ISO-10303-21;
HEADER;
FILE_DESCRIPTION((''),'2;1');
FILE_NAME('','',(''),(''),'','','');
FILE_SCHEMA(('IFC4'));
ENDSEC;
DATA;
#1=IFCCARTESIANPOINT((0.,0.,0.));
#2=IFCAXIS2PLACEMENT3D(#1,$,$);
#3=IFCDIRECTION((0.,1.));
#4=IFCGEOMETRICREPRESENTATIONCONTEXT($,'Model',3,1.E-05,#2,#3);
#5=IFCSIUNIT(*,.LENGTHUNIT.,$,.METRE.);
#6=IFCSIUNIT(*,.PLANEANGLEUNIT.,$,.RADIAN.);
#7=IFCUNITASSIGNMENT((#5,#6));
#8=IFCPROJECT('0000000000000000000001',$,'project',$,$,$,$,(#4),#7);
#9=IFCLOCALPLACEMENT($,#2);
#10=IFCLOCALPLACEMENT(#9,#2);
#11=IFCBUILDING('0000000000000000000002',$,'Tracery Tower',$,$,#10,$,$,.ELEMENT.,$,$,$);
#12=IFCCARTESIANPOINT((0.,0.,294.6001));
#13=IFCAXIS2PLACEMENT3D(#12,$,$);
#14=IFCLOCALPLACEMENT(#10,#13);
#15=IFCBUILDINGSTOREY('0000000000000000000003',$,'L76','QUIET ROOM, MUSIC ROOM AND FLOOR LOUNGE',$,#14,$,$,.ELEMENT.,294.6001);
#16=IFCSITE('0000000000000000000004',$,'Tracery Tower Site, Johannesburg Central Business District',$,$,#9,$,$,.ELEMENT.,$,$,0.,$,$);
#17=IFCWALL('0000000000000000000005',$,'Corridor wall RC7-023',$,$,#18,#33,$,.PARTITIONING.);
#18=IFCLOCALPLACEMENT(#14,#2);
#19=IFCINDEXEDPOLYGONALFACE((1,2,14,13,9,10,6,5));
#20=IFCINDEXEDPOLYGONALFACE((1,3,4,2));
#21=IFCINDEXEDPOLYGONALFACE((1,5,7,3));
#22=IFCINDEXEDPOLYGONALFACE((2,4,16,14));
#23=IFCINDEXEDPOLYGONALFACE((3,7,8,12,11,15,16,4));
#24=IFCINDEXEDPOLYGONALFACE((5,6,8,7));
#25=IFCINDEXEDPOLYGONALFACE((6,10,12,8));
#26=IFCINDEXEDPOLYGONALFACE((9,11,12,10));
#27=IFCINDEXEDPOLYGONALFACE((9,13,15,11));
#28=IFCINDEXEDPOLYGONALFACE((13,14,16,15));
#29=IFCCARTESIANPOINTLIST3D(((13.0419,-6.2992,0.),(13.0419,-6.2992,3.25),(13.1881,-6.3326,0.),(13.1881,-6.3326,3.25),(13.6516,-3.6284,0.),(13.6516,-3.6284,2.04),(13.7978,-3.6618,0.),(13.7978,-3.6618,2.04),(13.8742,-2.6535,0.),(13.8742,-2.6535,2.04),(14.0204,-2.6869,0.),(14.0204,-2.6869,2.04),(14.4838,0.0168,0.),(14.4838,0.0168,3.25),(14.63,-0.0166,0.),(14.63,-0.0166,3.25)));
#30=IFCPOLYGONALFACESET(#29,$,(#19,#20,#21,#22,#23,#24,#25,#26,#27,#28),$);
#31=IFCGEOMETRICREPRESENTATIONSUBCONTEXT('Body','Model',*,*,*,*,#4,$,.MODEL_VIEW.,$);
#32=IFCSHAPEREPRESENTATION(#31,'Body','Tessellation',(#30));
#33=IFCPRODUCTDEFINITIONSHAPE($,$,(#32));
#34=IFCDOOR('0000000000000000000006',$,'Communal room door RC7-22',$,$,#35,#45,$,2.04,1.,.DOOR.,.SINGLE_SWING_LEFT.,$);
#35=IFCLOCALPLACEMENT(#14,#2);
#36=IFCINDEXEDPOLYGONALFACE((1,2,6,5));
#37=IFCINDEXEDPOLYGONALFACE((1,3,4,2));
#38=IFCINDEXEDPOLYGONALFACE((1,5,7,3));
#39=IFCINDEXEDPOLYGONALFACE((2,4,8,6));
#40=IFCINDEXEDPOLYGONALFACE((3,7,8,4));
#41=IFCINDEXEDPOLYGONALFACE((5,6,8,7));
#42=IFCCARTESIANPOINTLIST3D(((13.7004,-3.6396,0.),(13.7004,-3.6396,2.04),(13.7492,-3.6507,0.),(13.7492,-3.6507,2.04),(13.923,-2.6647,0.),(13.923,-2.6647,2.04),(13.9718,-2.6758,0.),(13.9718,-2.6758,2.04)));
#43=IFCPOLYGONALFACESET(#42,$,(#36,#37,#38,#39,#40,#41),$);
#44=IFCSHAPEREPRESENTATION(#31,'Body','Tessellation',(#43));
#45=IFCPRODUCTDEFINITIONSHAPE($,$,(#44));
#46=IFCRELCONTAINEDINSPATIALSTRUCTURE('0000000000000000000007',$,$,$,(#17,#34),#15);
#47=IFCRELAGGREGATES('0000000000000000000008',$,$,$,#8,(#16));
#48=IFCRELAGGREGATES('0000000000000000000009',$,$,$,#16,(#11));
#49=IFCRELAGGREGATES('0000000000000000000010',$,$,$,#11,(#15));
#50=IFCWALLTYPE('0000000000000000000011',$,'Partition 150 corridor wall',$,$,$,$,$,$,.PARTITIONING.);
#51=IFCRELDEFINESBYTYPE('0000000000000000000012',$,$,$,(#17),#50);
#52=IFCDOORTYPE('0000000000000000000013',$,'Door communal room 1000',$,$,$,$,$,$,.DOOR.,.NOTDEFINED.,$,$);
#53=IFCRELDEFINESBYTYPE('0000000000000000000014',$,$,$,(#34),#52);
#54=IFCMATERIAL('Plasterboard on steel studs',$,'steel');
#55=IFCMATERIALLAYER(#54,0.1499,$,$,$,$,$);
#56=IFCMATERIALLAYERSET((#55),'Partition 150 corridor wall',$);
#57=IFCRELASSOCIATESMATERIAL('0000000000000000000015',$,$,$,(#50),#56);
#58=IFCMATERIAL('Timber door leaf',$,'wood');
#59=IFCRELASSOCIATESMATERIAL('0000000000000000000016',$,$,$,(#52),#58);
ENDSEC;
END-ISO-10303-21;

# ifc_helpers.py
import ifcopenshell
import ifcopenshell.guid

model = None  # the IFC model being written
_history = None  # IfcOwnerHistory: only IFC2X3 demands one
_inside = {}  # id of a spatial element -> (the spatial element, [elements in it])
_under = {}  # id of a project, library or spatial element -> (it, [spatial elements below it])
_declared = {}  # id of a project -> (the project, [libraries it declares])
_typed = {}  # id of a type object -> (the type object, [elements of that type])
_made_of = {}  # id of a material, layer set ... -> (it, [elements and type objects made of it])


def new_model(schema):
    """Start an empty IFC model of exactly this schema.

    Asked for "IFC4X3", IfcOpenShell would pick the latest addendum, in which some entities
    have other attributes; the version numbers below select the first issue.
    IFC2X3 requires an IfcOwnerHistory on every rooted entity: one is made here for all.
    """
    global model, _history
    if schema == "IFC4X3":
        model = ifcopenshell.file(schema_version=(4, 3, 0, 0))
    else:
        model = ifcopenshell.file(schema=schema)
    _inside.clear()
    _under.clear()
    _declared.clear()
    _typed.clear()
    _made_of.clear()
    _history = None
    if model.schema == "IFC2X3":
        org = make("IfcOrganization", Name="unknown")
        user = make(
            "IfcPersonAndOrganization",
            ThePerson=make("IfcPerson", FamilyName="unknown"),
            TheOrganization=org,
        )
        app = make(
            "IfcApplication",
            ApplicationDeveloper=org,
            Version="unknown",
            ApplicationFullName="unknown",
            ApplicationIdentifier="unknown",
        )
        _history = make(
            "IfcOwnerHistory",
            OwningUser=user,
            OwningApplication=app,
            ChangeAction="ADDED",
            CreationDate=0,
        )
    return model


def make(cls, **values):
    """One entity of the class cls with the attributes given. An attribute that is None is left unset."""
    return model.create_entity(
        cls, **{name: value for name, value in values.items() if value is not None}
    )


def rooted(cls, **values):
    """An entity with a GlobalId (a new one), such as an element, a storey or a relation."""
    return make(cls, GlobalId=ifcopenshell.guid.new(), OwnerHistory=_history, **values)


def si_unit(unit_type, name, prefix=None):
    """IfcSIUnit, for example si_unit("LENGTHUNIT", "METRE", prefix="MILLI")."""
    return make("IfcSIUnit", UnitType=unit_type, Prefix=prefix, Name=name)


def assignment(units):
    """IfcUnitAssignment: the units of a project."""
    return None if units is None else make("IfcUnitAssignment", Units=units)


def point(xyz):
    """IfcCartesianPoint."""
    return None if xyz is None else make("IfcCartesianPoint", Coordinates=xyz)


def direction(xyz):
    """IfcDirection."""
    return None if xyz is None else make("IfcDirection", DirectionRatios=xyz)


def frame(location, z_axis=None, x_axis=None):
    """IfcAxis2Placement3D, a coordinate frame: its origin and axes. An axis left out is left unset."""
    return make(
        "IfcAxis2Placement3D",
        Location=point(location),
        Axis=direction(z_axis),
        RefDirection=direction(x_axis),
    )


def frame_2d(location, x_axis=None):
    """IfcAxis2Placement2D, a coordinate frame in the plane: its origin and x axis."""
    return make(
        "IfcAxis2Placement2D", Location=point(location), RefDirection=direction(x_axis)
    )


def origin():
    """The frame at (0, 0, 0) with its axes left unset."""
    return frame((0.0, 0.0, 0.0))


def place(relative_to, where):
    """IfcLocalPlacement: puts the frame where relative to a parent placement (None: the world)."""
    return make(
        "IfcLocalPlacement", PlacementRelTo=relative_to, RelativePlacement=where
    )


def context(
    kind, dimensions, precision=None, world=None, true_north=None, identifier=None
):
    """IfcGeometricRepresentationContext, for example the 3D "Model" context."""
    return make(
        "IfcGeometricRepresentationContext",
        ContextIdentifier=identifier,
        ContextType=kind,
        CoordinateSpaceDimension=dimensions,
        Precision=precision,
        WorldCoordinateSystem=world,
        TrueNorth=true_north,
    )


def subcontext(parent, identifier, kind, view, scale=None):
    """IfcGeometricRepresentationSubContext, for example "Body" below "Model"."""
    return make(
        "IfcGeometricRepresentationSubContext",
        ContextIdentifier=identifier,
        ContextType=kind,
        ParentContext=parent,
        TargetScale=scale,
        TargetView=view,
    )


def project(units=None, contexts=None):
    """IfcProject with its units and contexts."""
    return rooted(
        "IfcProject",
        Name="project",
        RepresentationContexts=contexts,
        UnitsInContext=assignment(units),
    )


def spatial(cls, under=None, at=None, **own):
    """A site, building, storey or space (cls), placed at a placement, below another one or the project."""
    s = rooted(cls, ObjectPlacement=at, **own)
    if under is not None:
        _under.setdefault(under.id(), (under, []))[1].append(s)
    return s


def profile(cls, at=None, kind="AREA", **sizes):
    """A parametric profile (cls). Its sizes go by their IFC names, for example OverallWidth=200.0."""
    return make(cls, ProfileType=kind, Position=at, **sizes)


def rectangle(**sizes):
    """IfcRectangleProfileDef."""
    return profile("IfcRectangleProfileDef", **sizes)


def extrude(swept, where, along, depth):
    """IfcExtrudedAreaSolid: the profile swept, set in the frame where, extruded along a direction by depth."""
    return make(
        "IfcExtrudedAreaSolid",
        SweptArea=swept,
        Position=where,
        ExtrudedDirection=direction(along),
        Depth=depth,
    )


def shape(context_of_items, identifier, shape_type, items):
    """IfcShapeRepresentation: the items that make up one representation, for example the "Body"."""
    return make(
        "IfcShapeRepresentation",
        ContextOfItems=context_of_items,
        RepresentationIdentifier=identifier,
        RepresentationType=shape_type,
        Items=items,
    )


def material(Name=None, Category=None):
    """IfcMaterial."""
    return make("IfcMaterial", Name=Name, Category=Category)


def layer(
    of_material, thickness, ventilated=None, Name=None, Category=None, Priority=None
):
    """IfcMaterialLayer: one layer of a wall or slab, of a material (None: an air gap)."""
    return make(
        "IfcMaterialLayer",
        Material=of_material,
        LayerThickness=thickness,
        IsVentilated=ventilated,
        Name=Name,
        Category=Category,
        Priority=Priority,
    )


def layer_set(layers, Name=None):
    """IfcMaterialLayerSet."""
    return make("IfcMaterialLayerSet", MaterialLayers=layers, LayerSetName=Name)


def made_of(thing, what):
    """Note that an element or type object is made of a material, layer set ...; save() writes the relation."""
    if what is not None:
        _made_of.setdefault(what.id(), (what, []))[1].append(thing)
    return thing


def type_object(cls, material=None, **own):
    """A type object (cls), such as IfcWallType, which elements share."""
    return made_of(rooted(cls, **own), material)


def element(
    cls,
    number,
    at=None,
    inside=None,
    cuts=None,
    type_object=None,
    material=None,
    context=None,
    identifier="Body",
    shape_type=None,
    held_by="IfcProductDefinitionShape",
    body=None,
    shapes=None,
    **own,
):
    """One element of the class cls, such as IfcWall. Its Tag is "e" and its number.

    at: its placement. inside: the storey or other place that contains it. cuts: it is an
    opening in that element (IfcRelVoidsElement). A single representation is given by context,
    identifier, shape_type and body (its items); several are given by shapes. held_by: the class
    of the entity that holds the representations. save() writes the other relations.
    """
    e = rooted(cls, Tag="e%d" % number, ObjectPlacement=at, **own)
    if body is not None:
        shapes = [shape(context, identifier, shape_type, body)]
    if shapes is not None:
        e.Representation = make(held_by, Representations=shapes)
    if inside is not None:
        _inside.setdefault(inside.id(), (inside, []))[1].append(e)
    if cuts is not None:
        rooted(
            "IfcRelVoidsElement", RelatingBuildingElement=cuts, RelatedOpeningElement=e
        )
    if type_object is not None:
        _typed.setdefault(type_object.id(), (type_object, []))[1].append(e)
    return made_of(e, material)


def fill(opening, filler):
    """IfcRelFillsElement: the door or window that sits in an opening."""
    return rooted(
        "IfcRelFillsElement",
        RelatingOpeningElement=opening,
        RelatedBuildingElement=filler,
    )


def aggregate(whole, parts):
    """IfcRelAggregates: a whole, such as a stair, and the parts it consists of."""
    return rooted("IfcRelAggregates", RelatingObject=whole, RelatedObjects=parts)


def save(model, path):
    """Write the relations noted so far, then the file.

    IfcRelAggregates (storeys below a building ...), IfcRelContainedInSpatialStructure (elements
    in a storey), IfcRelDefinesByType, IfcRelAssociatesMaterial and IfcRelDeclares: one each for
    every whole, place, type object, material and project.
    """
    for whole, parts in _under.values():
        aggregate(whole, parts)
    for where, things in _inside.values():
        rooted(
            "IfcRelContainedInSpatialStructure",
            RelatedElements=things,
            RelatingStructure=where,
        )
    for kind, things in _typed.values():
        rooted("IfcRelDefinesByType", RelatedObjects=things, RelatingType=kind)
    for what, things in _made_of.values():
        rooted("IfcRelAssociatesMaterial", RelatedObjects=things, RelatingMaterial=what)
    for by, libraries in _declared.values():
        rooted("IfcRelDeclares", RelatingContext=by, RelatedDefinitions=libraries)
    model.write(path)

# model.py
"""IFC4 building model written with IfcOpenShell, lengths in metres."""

from ifc_helpers import new_model, si_unit, direction, frame, frame_2d, origin, place, context, subcontext, project, spatial, rectangle, extrude, material, layer, layer_set, type_object, element, fill, save


model = new_model("IFC4")

# Units and contexts
model_context = context("Model", 3, precision=1e-05, world=origin(), true_north=direction((0.0, 1.0)))
body_context = subcontext(model_context, "Body", "Model", "MODEL_VIEW")
ifc_project = project(units=[si_unit("LENGTHUNIT", "METRE"), si_unit("PLANEANGLEUNIT", "RADIAN")], contexts=[model_context])

# Site, building, storey
site_placement = place(None, origin())
site = spatial("IfcSite", under=ifc_project, at=site_placement, Name="Tracery Tower Site, Johannesburg Central Business District", CompositionType="ELEMENT", RefElevation=0.0)
building_placement = place(site_placement, origin())
building = spatial("IfcBuilding", under=site, at=building_placement, Name="Tracery Tower", CompositionType="ELEMENT")
storey_placement = place(building_placement, frame((0.0, 0.0, 294.6001)))
storey = spatial("IfcBuildingStorey", under=building, at=storey_placement, Name="L76", Description="QUIET ROOM, MUSIC ROOM AND FLOOR LOUNGE", CompositionType="ELEMENT", Elevation=294.6001)

# Shared definitions
ifc_material_1 = material(Name="Plasterboard on steel studs", Category="steel")
ifc_layer_1 = layer(ifc_material_1, 0.1499)
ifc_layer_set_1 = layer_set([ifc_layer_1], Name="Partition 150 corridor wall")
wall_type_1 = type_object("IfcWallType", Name="Partition 150 corridor wall", PredefinedType="PARTITIONING", material=ifc_layer_set_1)

# Wall, opening, door
wall_1_placement = place(storey_placement, frame((13.115, -6.3159, 0.0), z_axis=(0.0, 0.0, 1.0), x_axis=(0.222569, 0.974917, 0.0)))
wall_1 = element("IfcWall", 1, at=wall_1_placement, inside=storey, type_object=wall_type_1, Name="Corridor wall RC7-023", PredefinedType="PARTITIONING", context=body_context, shape_type="SweptSolid", body=[
    extrude(rectangle(XDim=6.4785, YDim=0.1499, at=frame_2d((3.2393, 0.0))), origin(), (0.0, 0.0, 1.0), 3.25),
])
opening_1_placement = place(wall_1_placement, frame((2.7395, 0.0, 0.0)))
opening_1 = element("IfcOpeningElement", 2, at=opening_1_placement, cuts=wall_1, PredefinedType="OPENING", context=body_context, shape_type="SweptSolid", body=[
    extrude(rectangle(XDim=1.0, YDim=2.04, at=frame_2d((0.5, 1.02))), frame((0.0, 0.075, 0.0), z_axis=(0.0, -1.0, 0.0), x_axis=(1.0, 0.0, 0.0)), (0.0, 0.0, 1.0), 0.1499),
])
ifc_material_2 = material(Name="Timber door leaf", Category="wood")
door_type_1 = type_object("IfcDoorType", Name="Door communal room 1000", OperationType="NOTDEFINED", PredefinedType="DOOR", material=ifc_material_2)
door_1_placement = place(opening_1_placement, origin())
door_1 = element("IfcDoor", 3, at=door_1_placement, inside=storey, type_object=door_type_1, Name="Communal room door RC7-22", OperationType="SINGLE_SWING_LEFT", OverallHeight=2.04, OverallWidth=1.0, PredefinedType="DOOR", context=body_context, shape_type="SweptSolid", body=[
    extrude(rectangle(XDim=1.0, YDim=2.04, at=frame_2d((0.5, 1.02))), frame((0.0, 0.0249, 0.0), z_axis=(0.0, -1.0, 0.0), x_axis=(1.0, 0.0, 0.0)), (0.0, 0.0, 1.0), 0.05),
])
fill(opening_1, door_1)

save(model, "model.ifc")
